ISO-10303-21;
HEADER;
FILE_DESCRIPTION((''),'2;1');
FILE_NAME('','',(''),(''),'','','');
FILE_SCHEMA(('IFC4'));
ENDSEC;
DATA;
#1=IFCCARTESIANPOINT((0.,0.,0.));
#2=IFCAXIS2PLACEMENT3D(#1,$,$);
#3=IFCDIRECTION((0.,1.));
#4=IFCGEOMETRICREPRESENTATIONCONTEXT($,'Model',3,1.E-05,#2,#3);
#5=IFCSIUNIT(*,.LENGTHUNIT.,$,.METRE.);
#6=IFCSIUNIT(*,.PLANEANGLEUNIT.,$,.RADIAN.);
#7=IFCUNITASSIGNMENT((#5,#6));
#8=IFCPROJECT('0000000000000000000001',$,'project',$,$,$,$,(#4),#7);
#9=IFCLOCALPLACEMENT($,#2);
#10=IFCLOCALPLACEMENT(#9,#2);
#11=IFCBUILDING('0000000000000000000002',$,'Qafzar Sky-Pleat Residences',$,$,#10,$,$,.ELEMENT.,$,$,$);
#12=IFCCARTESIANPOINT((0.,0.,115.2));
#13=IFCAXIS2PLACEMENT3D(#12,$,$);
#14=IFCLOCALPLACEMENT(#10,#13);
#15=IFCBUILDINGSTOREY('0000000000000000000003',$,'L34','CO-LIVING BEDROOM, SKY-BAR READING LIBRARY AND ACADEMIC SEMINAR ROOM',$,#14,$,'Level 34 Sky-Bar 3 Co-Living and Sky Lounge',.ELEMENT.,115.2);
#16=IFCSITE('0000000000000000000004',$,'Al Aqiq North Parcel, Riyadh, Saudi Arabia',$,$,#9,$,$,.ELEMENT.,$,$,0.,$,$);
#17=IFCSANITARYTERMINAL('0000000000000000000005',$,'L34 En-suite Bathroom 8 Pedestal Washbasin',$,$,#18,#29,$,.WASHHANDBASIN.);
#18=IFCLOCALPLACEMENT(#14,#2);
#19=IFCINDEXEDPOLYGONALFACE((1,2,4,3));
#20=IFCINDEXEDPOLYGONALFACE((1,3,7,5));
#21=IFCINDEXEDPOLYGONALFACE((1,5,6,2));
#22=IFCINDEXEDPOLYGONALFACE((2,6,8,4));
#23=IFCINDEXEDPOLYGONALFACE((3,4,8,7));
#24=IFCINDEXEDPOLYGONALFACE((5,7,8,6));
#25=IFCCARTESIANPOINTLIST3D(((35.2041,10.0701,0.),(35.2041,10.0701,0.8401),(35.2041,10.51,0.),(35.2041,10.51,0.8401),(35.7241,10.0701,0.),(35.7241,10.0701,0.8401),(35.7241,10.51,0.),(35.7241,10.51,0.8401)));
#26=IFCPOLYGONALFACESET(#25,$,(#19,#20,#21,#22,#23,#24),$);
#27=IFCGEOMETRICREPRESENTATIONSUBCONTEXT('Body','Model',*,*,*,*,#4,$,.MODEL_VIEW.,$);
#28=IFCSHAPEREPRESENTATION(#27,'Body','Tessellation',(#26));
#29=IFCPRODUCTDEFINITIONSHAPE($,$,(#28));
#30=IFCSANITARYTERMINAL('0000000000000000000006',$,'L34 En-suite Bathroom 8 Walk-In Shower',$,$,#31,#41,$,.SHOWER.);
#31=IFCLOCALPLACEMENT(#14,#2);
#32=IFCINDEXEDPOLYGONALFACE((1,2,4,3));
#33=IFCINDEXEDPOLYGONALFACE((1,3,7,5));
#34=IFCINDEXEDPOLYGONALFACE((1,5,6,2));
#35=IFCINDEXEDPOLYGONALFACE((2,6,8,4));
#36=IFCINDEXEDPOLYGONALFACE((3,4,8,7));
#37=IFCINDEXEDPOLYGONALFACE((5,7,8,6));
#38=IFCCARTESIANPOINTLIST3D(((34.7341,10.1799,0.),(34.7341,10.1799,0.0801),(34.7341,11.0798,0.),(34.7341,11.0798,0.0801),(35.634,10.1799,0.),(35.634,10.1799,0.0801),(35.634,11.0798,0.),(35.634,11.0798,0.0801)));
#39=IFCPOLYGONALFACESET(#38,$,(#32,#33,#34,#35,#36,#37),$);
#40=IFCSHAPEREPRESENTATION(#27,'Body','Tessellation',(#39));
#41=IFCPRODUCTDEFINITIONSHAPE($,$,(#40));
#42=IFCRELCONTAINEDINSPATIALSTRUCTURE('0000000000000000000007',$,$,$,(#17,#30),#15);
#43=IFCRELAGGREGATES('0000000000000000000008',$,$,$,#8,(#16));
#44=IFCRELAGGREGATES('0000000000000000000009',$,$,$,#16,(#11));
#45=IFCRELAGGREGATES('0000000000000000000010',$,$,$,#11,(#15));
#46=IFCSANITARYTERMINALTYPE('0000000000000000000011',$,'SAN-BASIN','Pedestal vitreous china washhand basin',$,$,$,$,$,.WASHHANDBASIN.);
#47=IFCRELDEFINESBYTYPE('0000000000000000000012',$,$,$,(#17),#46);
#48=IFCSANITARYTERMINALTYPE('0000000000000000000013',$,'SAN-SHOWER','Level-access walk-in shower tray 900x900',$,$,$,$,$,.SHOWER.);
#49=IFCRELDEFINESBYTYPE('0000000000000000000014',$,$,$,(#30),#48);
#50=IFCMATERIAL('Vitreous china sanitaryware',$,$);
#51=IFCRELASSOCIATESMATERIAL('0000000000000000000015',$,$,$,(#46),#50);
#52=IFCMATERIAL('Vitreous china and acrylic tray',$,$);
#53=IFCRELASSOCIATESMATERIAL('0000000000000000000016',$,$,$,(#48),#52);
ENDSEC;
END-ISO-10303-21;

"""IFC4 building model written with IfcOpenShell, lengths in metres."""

from ifc_helpers import new_model, si_unit, direction, frame, origin, origin_2d, place, context, subcontext, project, spatial, rectangle, extrude, source, transform, mapped, material, type_object, element, save


model = new_model("IFC4")

# Units and contexts
model_context = context("Model", 3, precision=1e-05, world=origin(), true_north=direction((0.0, 1.0)))
body_context = subcontext(model_context, "Body", "Model", "MODEL_VIEW")
ifc_project = project(units=[si_unit("LENGTHUNIT", "METRE"), si_unit("PLANEANGLEUNIT", "RADIAN")], contexts=[model_context])

# Site, building, storey
site_placement = place(None, origin())
site = spatial("IfcSite", under=ifc_project, at=site_placement, Name="Al Aqiq North Parcel, Riyadh, Saudi Arabia", CompositionType="ELEMENT", RefElevation=0.0)
building_placement = place(site_placement, origin())
building = spatial("IfcBuilding", under=site, at=building_placement, Name="Qafzar Sky-Pleat Residences", CompositionType="ELEMENT")
storey_placement = place(building_placement, frame((0.0, 0.0, 115.2)))
storey = spatial("IfcBuildingStorey", under=building, at=storey_placement, Name="L34", Description="CO-LIVING BEDROOM, SKY-BAR READING LIBRARY AND ACADEMIC SEMINAR ROOM", LongName="Level 34 Sky-Bar 3 Co-Living and Sky Lounge", CompositionType="ELEMENT", Elevation=115.2)

# Sanitary terminals
ifc_material_1 = material(Name="Vitreous china sanitaryware")
sanitary_terminal_type_1 = type_object("IfcSanitaryTerminalType", Name="SAN-BASIN", Description="Pedestal vitreous china washhand basin", PredefinedType="WASHHANDBASIN", material=ifc_material_1)
shared_shape_1 = source(origin(), body_context, "Body", "SweptSolid", [
    extrude(rectangle(XDim=0.52, YDim=0.4399, at=origin_2d()), origin(), (0.0, 0.0, 1.0), 0.8401),
])
sanitary_terminal_1_placement = place(storey_placement, frame((35.4641, 10.29, 0.0), z_axis=(0.0, 0.0, 1.0), x_axis=(1.0, 0.0, 0.0)))
element("IfcSanitaryTerminal", 1, at=sanitary_terminal_1_placement, inside=storey, type_object=sanitary_terminal_type_1, Name="L34 En-suite Bathroom 8 Pedestal Washbasin", PredefinedType="WASHHANDBASIN", context=body_context, shape_type="MappedRepresentation", body=[
    mapped(shared_shape_1, transform((0.0, 0.0, 0.0), x_axis=(1.0, 0.0, 0.0), y_axis=(0.0, 1.0, 0.0), z_axis=(0.0, 0.0, 1.0), scale=1.0)),
])
ifc_material_2 = material(Name="Vitreous china and acrylic tray")
sanitary_terminal_type_2 = type_object("IfcSanitaryTerminalType", Name="SAN-SHOWER", Description="Level-access walk-in shower tray 900x900", PredefinedType="SHOWER", material=ifc_material_2)
shared_shape_2 = source(origin(), body_context, "Body", "SweptSolid", [
    extrude(rectangle(XDim=0.8999, YDim=0.8999, at=origin_2d()), origin(), (0.0, 0.0, 1.0), 0.0801),
])
sanitary_terminal_2_placement = place(storey_placement, frame((35.1841, 10.6299, 0.0), z_axis=(0.0, 0.0, 1.0), x_axis=(1.0, 0.0, 0.0)))
element("IfcSanitaryTerminal", 2, at=sanitary_terminal_2_placement, inside=storey, type_object=sanitary_terminal_type_2, Name="L34 En-suite Bathroom 8 Walk-In Shower", PredefinedType="SHOWER", context=body_context, shape_type="MappedRepresentation", body=[
    mapped(shared_shape_2, transform((0.0, 0.0, 0.0), x_axis=(1.0, 0.0, 0.0), y_axis=(0.0, 1.0, 0.0), z_axis=(0.0, 0.0, 1.0), scale=1.0)),
])

save(model, "model.ifc")
